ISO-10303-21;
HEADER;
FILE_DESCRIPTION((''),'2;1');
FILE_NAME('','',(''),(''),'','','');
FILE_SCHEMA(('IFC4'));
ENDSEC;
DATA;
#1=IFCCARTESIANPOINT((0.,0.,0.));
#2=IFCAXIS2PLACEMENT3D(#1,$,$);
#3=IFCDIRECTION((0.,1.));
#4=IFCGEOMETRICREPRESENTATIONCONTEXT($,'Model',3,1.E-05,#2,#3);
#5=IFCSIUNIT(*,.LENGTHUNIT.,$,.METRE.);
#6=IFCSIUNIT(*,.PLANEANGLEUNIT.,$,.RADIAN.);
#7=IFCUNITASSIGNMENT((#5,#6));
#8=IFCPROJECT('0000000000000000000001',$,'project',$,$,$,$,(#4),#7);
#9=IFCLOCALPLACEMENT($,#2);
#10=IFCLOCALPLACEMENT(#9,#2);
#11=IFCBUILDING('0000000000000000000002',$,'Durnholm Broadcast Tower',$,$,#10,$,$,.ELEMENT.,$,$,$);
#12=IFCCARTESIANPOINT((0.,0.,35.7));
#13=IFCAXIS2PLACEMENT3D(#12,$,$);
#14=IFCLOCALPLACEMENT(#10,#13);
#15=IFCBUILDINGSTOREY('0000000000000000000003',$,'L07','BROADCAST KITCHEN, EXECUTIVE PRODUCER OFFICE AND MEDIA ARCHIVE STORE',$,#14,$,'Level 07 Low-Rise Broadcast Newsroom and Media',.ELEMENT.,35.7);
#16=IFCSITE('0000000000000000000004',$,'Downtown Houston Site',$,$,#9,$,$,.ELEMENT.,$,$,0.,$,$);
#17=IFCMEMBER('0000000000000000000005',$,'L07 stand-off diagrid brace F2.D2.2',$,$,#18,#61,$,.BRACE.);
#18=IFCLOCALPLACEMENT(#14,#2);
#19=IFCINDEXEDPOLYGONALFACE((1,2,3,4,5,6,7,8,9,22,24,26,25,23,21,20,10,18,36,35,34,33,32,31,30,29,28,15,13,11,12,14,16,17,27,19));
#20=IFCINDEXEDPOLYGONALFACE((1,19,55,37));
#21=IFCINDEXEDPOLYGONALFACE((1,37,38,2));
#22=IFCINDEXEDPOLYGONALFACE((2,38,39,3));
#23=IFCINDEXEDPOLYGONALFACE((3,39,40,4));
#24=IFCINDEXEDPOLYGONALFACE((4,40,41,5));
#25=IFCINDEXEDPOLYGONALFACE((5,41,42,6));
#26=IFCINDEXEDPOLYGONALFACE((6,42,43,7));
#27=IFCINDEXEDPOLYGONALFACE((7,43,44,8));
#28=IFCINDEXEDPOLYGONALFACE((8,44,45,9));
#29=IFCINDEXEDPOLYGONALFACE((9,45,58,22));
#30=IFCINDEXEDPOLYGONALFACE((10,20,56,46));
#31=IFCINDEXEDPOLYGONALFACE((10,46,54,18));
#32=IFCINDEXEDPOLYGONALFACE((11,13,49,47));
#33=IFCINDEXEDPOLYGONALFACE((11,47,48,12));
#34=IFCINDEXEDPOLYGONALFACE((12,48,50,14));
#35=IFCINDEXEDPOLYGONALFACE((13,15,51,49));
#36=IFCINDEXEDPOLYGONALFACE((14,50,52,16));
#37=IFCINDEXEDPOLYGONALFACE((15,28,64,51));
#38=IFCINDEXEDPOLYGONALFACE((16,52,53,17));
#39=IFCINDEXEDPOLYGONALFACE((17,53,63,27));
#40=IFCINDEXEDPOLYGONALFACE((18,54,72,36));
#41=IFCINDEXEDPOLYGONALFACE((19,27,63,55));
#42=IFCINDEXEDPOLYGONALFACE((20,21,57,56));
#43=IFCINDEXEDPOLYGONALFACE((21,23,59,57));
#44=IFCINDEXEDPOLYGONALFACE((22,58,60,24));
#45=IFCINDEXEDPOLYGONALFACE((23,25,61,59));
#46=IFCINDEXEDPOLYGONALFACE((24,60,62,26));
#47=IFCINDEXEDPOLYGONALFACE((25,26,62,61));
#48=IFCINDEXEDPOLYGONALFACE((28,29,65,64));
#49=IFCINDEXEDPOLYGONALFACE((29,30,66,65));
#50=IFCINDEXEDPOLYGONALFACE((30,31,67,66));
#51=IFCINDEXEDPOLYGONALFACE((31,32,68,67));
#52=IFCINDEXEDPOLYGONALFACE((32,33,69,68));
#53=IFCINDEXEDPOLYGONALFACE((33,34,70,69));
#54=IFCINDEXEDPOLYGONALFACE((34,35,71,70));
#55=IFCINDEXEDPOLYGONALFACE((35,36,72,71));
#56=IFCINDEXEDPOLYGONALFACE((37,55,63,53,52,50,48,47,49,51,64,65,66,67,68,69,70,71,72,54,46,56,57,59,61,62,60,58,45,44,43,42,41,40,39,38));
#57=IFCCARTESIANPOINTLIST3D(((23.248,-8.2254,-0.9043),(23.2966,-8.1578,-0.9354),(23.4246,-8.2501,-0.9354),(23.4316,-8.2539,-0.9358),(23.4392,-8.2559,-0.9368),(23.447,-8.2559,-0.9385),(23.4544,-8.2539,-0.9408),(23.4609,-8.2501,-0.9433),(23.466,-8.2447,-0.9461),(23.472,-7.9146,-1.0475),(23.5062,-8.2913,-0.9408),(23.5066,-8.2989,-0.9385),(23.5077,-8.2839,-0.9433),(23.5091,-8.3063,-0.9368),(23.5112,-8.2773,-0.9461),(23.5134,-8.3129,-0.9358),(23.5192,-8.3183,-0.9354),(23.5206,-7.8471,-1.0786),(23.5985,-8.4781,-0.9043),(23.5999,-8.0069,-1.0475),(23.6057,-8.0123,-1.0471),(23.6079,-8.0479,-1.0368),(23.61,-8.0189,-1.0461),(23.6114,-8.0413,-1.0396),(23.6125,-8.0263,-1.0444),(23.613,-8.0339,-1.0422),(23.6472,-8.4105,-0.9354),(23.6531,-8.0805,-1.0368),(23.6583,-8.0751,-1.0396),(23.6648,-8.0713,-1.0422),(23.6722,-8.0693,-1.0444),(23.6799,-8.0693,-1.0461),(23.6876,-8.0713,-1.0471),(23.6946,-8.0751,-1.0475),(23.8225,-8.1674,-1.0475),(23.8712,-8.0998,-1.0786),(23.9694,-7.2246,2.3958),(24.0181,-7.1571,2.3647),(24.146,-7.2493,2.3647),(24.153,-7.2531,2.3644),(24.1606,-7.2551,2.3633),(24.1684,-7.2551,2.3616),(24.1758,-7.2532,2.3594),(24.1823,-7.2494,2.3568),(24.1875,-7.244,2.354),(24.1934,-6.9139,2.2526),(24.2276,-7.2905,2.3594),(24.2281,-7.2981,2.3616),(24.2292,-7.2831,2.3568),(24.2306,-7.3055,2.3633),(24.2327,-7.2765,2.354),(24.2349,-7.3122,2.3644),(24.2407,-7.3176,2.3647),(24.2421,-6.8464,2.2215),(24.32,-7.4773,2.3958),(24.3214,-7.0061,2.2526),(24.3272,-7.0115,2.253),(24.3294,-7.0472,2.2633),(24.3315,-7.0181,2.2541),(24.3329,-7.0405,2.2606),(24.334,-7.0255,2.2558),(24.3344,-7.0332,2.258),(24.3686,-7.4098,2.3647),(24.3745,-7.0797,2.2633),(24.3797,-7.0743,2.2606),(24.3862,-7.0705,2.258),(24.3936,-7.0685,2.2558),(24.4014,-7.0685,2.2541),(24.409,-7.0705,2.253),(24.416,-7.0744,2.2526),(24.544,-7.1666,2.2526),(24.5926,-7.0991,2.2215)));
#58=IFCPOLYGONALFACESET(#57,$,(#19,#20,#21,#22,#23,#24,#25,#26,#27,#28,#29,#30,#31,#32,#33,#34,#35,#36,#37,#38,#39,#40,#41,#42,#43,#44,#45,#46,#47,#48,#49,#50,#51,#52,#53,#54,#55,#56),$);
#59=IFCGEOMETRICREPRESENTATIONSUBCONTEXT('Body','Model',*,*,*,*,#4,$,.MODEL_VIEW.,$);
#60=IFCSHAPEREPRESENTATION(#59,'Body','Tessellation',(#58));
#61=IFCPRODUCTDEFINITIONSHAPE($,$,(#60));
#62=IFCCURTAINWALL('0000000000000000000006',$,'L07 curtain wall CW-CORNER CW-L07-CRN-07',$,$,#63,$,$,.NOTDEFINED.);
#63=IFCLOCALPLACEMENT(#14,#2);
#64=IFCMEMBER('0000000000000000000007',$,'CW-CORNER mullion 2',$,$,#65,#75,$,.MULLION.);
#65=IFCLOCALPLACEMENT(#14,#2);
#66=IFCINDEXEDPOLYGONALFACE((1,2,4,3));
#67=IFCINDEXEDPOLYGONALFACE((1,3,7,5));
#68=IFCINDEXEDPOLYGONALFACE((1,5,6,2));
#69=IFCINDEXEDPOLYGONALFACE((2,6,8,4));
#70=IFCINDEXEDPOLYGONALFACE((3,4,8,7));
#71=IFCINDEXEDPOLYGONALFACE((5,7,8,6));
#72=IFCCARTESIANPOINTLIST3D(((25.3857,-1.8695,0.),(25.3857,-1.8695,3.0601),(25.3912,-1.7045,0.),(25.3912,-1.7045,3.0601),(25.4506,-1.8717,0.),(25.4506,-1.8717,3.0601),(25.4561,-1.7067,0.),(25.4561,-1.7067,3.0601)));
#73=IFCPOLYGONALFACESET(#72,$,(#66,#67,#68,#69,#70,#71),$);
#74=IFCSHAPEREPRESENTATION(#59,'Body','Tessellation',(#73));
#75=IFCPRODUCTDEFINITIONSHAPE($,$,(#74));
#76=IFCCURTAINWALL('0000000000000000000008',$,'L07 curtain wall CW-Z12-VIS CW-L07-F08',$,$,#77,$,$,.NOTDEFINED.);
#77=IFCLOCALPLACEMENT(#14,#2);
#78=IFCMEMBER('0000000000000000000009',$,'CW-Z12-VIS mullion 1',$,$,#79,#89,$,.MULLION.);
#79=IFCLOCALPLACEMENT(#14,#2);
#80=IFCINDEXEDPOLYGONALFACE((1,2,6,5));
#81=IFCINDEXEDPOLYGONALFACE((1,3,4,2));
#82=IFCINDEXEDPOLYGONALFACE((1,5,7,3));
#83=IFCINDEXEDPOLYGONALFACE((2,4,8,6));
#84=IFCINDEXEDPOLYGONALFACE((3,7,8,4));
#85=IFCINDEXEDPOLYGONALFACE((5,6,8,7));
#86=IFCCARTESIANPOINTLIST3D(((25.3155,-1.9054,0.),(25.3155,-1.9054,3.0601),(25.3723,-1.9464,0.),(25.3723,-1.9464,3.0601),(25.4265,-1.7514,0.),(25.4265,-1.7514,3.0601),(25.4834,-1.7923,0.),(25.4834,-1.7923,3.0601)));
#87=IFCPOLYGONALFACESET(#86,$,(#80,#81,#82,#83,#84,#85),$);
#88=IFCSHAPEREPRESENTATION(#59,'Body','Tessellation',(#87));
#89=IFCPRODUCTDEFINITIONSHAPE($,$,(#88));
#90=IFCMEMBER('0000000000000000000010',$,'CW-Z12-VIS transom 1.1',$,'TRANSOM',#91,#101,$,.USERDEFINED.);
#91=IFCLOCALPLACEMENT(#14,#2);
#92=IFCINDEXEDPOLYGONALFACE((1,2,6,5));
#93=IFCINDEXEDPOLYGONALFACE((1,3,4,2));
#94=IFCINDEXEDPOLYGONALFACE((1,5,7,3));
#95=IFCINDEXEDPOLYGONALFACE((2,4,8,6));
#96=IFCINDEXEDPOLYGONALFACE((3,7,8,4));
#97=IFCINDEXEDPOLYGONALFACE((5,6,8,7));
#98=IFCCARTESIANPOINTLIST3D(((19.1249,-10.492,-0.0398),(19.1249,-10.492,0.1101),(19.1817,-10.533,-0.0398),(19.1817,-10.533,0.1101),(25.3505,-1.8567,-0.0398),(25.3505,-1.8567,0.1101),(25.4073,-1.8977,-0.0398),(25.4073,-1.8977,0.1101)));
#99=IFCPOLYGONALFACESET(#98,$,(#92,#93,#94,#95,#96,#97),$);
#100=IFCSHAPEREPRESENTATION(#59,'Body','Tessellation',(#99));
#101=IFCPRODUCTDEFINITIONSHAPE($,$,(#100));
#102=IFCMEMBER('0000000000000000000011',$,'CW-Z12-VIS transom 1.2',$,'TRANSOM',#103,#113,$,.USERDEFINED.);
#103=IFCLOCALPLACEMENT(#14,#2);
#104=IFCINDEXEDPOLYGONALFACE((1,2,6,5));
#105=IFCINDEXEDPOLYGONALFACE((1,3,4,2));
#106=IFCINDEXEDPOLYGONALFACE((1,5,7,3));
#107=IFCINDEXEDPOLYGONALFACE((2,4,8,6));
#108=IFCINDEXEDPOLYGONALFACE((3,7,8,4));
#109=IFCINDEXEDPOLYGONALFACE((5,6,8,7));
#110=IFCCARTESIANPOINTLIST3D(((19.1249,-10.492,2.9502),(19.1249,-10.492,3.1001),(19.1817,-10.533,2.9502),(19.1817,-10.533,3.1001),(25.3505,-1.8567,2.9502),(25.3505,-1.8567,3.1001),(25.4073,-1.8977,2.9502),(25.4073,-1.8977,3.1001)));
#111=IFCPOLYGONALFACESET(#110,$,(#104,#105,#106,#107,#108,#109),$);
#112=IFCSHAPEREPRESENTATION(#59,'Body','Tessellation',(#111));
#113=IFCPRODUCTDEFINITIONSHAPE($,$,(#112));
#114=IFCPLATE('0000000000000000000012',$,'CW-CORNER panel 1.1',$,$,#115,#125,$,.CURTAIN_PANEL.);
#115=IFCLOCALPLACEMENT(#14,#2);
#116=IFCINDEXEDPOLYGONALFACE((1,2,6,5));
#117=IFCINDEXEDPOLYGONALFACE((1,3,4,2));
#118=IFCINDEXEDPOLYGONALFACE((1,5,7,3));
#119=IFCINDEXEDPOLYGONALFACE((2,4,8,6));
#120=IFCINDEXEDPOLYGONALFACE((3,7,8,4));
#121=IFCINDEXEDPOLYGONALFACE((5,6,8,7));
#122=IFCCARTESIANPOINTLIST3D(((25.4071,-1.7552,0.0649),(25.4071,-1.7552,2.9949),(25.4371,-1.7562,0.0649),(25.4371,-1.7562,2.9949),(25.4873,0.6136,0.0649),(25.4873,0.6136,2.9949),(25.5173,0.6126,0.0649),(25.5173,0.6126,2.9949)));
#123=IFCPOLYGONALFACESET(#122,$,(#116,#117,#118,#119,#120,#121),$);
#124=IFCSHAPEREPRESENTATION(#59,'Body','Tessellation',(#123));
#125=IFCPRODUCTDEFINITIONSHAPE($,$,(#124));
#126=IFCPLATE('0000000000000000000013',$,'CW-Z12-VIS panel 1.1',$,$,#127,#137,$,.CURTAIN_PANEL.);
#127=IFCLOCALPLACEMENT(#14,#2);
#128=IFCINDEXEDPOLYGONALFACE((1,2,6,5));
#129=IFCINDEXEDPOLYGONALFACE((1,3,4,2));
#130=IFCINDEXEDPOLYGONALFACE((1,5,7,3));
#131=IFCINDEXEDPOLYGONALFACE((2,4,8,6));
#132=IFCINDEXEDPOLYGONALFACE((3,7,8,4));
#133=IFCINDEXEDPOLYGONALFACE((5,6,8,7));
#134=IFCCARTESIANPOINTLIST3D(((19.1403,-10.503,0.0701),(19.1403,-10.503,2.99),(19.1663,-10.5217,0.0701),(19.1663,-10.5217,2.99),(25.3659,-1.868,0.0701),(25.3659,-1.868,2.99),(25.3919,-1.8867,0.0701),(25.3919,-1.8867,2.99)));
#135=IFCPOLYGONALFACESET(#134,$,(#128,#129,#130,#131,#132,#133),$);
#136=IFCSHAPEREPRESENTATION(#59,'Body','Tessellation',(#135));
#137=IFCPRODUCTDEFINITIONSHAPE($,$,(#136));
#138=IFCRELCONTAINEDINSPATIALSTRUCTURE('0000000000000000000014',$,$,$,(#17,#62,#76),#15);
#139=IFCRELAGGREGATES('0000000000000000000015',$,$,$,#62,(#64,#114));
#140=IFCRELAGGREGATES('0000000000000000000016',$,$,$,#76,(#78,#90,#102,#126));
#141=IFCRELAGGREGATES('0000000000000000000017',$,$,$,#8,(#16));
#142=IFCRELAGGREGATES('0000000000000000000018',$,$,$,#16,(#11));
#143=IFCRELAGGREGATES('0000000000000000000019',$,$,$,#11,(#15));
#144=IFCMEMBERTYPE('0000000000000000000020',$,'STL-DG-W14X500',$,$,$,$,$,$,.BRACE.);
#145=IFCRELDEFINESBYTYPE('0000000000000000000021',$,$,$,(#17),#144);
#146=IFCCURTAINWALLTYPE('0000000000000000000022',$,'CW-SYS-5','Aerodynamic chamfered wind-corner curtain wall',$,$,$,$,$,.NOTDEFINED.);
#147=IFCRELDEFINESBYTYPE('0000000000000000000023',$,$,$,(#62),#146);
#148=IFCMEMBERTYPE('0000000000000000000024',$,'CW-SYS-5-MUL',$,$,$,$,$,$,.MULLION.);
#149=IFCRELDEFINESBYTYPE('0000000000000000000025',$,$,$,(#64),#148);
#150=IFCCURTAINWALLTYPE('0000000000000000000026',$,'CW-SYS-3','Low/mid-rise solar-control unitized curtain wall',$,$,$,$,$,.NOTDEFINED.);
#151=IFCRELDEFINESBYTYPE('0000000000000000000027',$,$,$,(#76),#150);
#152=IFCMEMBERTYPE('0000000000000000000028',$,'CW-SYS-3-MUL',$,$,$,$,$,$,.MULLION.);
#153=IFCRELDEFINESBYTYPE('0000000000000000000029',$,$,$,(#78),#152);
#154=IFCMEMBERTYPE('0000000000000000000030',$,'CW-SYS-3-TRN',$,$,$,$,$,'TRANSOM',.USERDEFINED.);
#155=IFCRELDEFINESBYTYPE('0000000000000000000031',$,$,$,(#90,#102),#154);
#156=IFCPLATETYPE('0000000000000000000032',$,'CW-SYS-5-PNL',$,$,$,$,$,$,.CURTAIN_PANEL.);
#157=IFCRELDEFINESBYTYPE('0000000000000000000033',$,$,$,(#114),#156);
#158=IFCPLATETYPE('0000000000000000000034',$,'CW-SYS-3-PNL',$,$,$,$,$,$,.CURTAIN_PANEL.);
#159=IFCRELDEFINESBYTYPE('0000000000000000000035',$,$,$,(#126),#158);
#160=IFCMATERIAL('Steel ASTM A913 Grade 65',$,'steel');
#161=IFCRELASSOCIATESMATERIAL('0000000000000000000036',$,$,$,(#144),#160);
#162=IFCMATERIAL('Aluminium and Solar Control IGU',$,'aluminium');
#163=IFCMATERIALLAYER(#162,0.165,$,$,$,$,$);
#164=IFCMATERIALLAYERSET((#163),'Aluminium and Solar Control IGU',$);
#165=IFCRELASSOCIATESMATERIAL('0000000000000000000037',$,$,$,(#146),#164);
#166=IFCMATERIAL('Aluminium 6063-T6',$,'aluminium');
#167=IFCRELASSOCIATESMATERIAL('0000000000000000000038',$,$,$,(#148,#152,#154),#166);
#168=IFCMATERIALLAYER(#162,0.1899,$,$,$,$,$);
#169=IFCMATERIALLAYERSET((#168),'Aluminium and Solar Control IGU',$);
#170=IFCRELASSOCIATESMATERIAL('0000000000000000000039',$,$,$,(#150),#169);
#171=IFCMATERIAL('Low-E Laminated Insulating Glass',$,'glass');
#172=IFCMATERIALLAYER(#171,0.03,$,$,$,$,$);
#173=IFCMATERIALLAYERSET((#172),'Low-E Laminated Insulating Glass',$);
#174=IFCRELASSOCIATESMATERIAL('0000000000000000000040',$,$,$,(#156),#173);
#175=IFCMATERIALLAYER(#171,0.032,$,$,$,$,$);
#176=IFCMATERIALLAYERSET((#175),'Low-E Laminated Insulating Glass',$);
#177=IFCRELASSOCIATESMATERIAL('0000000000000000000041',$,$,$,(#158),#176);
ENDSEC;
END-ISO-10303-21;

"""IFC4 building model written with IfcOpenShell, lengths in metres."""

from ifc_helpers import new_model, si_unit, direction, frame, origin, origin_2d, place, context, subcontext, project, spatial, rectangle, i_section, extrude, source, transform, mapped, material, layer, layer_set, material_profile, profile_set, type_object, type_shapes, element, aggregate, save


model = new_model("IFC4")

# Units and contexts
model_context = context("Model", 3, precision=1e-05, world=origin(), true_north=direction((0.0, 1.0)))
body_context = subcontext(model_context, "Body", "Model", "MODEL_VIEW")
ifc_project = project(units=[si_unit("LENGTHUNIT", "METRE"), si_unit("PLANEANGLEUNIT", "RADIAN")], contexts=[model_context])

# Site, building, storey
site_placement = place(None, origin())
site = spatial("IfcSite", under=ifc_project, at=site_placement, Name="Downtown Houston Site", CompositionType="ELEMENT", RefElevation=0.0)
building_placement = place(site_placement, origin())
building = spatial("IfcBuilding", under=site, at=building_placement, Name="Durnholm Broadcast Tower", CompositionType="ELEMENT")
storey_placement = place(building_placement, frame((0.0, 0.0, 35.7)))
storey = spatial("IfcBuildingStorey", under=building, at=storey_placement, Name="L07", Description="BROADCAST KITCHEN, EXECUTIVE PRODUCER OFFICE AND MEDIA ARCHIVE STORE", LongName="Level 07 Low-Rise Broadcast Newsroom and Media", CompositionType="ELEMENT", Elevation=35.7)

# Member
ifc_material_1 = material(Name="Steel ASTM A913 Grade 65", Category="steel")
ifc_material_profile_1 = material_profile(ifc_material_1, i_section(OverallWidth=0.4321, OverallDepth=0.4978, WebThickness=0.0557, FlangeThickness=0.0889, FilletRadius=0.0305, at=origin_2d()), Name="W14X500")
ifc_profile_set_1 = profile_set([ifc_material_profile_1], Name="Steel ASTM A913 Grade 65")
member_type_1 = type_object("IfcMemberType", Name="STL-DG-W14X500", PredefinedType="BRACE", material=ifc_profile_set_1)
shared_shape_1 = source(origin(), body_context, "Body", "SweptSolid", [
    extrude(i_section(OverallWidth=0.4321, OverallDepth=0.4978, WebThickness=0.0557, FlangeThickness=0.0889, FilletRadius=0.0305, at=origin_2d()), origin(), (0.0, 0.0, 1.0), 3.5232),
])
type_shapes(member_type_1, [shared_shape_1])
for number, where, z_axis, x_axis, name in (
    (1, (23.5596, -8.1626, -0.9915), (0.204773, 0.284049, 0.936688), (-0.811185, 0.584789, 0.0), "L07 stand-off diagrid brace F2.D2.2"),
):
    element("IfcMember", number, at=place(storey_placement, frame(where, z_axis=z_axis, x_axis=x_axis)), inside=storey, type_object=member_type_1, Name=name, PredefinedType="BRACE", context=body_context, shape_type="MappedRepresentation", body=[
        mapped(shared_shape_1, transform((0.0, 0.0, 0.0), x_axis=(1.0, 0.0, 0.0), y_axis=(0.0, 1.0, 0.0), z_axis=(0.0, 0.0, 1.0), scale=1.0)),
    ])

# Curtain wall, member
ifc_material_2 = material(Name="Aluminium and Solar Control IGU", Category="aluminium")
ifc_layer_1 = layer(ifc_material_2, 0.165)
ifc_layer_set_1 = layer_set([ifc_layer_1], Name="Aluminium and Solar Control IGU")
curtain_wall_type_1 = type_object("IfcCurtainWallType", Name="CW-SYS-5", Description="Aerodynamic chamfered wind-corner curtain wall", PredefinedType="NOTDEFINED", material=ifc_layer_set_1)
curtain_wall_1_placement = place(storey_placement, origin())
curtain_wall_1 = element("IfcCurtainWall", 2, at=curtain_wall_1_placement, inside=storey, type_object=curtain_wall_type_1, Name="L07 curtain wall CW-CORNER CW-L07-CRN-07", PredefinedType="NOTDEFINED")
ifc_material_3 = material(Name="Aluminium 6063-T6", Category="aluminium")
ifc_material_profile_2 = material_profile(ifc_material_3, rectangle(XDim=0.0649, YDim=0.165, at=origin_2d()), Name="CWM65X165")
ifc_profile_set_2 = profile_set([ifc_material_profile_2], Name="Aluminium 6063-T6")
member_type_2 = type_object("IfcMemberType", Name="CW-SYS-5-MUL", PredefinedType="MULLION", material=ifc_profile_set_2)
shared_shape_2 = source(origin(), body_context, "Body", "SweptSolid", [
    extrude(rectangle(XDim=0.0649, YDim=0.165, at=origin_2d()), origin(), (0.0, 0.0, 1.0), 3.0601),
])
type_shapes(member_type_2, [shared_shape_2])
member_1_placement = place(storey_placement, frame((25.4209, -1.7881, 0.0), z_axis=(0.0, 0.0, 1.0), x_axis=(0.999427, -0.03384, 0.0)))
member_1 = element("IfcMember", 3, at=member_1_placement, type_object=member_type_2, Name="CW-CORNER mullion 2", PredefinedType="MULLION", context=body_context, shape_type="MappedRepresentation", body=[
    mapped(shared_shape_2, transform((0.0, 0.0, 0.0), x_axis=(1.0, 0.0, 0.0), y_axis=(0.0, 1.0, 0.0), z_axis=(0.0, 0.0, 1.0), scale=1.0)),
])

# Curtain wall, members
ifc_layer_2 = layer(ifc_material_2, 0.1899)
ifc_layer_set_2 = layer_set([ifc_layer_2], Name="Aluminium and Solar Control IGU")
curtain_wall_type_2 = type_object("IfcCurtainWallType", Name="CW-SYS-3", Description="Low/mid-rise solar-control unitized curtain wall", PredefinedType="NOTDEFINED", material=ifc_layer_set_2)
curtain_wall_2_placement = place(storey_placement, origin())
curtain_wall_2 = element("IfcCurtainWall", 4, at=curtain_wall_2_placement, inside=storey, type_object=curtain_wall_type_2, Name="L07 curtain wall CW-Z12-VIS CW-L07-F08", PredefinedType="NOTDEFINED")
ifc_material_profile_3 = material_profile(ifc_material_3, rectangle(XDim=0.0701, YDim=0.1899, at=origin_2d()), Name="CWM70X190")
ifc_profile_set_3 = profile_set([ifc_material_profile_3], Name="Aluminium 6063-T6")
member_type_3 = type_object("IfcMemberType", Name="CW-SYS-3-MUL", PredefinedType="MULLION", material=ifc_profile_set_3)
shared_shape_3 = source(origin(), body_context, "Body", "SweptSolid", [
    extrude(rectangle(XDim=0.0701, YDim=0.1899, at=origin_2d()), origin(), (0.0, 0.0, 1.0), 3.0601),
])
type_shapes(member_type_3, [shared_shape_3])
member_2_placement = place(storey_placement, frame((25.3994, -1.8489, 0.0), z_axis=(0.0, 0.0, 1.0), x_axis=(0.811161, -0.584823, 0.0)))
member_2 = element("IfcMember", 5, at=member_2_placement, type_object=member_type_3, Name="CW-Z12-VIS mullion 1", PredefinedType="MULLION", context=body_context, shape_type="MappedRepresentation", body=[
    mapped(shared_shape_3, transform((0.0, 0.0, 0.0), x_axis=(1.0, 0.0, 0.0), y_axis=(0.0, 1.0, 0.0), z_axis=(0.0, 0.0, 1.0), scale=1.0)),
])
ifc_material_profile_4 = material_profile(ifc_material_3, rectangle(XDim=0.0701, YDim=0.1499, at=origin_2d()), Name="CWT70X150")
ifc_profile_set_4 = profile_set([ifc_material_profile_4], Name="Aluminium 6063-T6")
member_type_4 = type_object("IfcMemberType", Name="CW-SYS-3-TRN", ElementType="TRANSOM", PredefinedType="USERDEFINED", material=ifc_profile_set_4)
shared_shape_4 = source(origin(), body_context, "Body", "SweptSolid", [
    extrude(rectangle(XDim=0.0701, YDim=0.1499, at=origin_2d()), origin(), (0.0, 0.0, 1.0), 10.6455),
])
type_shapes(member_type_4, [shared_shape_4])
member_3_placement = place(storey_placement, frame((25.3789, -1.8772, 0.0352), z_axis=(-0.584812, -0.811169, 0.0), x_axis=(0.811169, -0.584812, 0.0)))
member_3 = element("IfcMember", 6, at=member_3_placement, type_object=member_type_4, Name="CW-Z12-VIS transom 1.1", ObjectType="TRANSOM", PredefinedType="USERDEFINED", context=body_context, shape_type="MappedRepresentation", body=[
    mapped(shared_shape_4, transform((0.0, 0.0, 0.0), x_axis=(1.0, 0.0, 0.0), y_axis=(0.0, 1.0, 0.0), z_axis=(0.0, 0.0, 1.0), scale=1.0)),
])
member_4_placement = place(storey_placement, frame((25.3789, -1.8772, 3.0251), z_axis=(-0.584812, -0.811169, 0.0), x_axis=(0.811169, -0.584812, 0.0)))
member_4 = element("IfcMember", 7, at=member_4_placement, type_object=member_type_4, Name="CW-Z12-VIS transom 1.2", ObjectType="TRANSOM", PredefinedType="USERDEFINED", context=body_context, shape_type="MappedRepresentation", body=[
    mapped(shared_shape_4, transform((0.0, 0.0, 0.0), x_axis=(1.0, 0.0, 0.0), y_axis=(0.0, 1.0, 0.0), z_axis=(0.0, 0.0, 1.0), scale=1.0)),
])

# Plates
ifc_material_4 = material(Name="Low-E Laminated Insulating Glass", Category="glass")
ifc_layer_3 = layer(ifc_material_4, 0.03)
ifc_layer_set_3 = layer_set([ifc_layer_3], Name="Low-E Laminated Insulating Glass")
plate_type_1 = type_object("IfcPlateType", Name="CW-SYS-5-PNL", PredefinedType="CURTAIN_PANEL", material=ifc_layer_set_3)
shared_shape_5 = source(origin(), body_context, "Body", "SweptSolid", [
    extrude(rectangle(XDim=2.3701, YDim=0.03, at=origin_2d()), origin(), (0.0, 0.0, 1.0), 2.9299),
])
type_shapes(plate_type_1, [shared_shape_5])
plate_1_placement = place(storey_placement, frame((25.4622, -0.5713, 0.0649), z_axis=(0.0, 0.0, 1.0), x_axis=(-0.03384, -0.999427, 0.0)))
plate_1 = element("IfcPlate", 8, at=plate_1_placement, type_object=plate_type_1, Name="CW-CORNER panel 1.1", PredefinedType="CURTAIN_PANEL", context=body_context, shape_type="MappedRepresentation", body=[
    mapped(shared_shape_5, transform((0.0, 0.0, 0.0), x_axis=(1.0, 0.0, 0.0), y_axis=(0.0, 1.0, 0.0), z_axis=(0.0, 0.0, 1.0), scale=1.0)),
])
aggregate(curtain_wall_1, [member_1, plate_1])
ifc_layer_4 = layer(ifc_material_4, 0.032)
ifc_layer_set_4 = layer_set([ifc_layer_4], Name="Low-E Laminated Insulating Glass")
plate_type_2 = type_object("IfcPlateType", Name="CW-SYS-3-PNL", PredefinedType="CURTAIN_PANEL", material=ifc_layer_set_4)
shared_shape_6 = source(origin(), body_context, "Body", "SweptSolid", [
    extrude(rectangle(XDim=10.6453, YDim=0.032, at=origin_2d()), origin(), (0.0, 0.0, 1.0), 2.9199),
])
type_shapes(plate_type_2, [shared_shape_6])
plate_2_placement = place(storey_placement, frame((22.2661, -6.1948, 0.0701), z_axis=(0.0, 0.0, 1.0), x_axis=(-0.584823, -0.811161, 0.0)))
plate_2 = element("IfcPlate", 9, at=plate_2_placement, type_object=plate_type_2, Name="CW-Z12-VIS panel 1.1", PredefinedType="CURTAIN_PANEL", context=body_context, shape_type="MappedRepresentation", body=[
    mapped(shared_shape_6, transform((0.0, 0.0, 0.0), x_axis=(1.0, 0.0, 0.0), y_axis=(0.0, 1.0, 0.0), z_axis=(0.0, 0.0, 1.0), scale=1.0)),
])
aggregate(curtain_wall_2, [member_2, member_3, member_4, plate_2])

save(model, "model.ifc")
